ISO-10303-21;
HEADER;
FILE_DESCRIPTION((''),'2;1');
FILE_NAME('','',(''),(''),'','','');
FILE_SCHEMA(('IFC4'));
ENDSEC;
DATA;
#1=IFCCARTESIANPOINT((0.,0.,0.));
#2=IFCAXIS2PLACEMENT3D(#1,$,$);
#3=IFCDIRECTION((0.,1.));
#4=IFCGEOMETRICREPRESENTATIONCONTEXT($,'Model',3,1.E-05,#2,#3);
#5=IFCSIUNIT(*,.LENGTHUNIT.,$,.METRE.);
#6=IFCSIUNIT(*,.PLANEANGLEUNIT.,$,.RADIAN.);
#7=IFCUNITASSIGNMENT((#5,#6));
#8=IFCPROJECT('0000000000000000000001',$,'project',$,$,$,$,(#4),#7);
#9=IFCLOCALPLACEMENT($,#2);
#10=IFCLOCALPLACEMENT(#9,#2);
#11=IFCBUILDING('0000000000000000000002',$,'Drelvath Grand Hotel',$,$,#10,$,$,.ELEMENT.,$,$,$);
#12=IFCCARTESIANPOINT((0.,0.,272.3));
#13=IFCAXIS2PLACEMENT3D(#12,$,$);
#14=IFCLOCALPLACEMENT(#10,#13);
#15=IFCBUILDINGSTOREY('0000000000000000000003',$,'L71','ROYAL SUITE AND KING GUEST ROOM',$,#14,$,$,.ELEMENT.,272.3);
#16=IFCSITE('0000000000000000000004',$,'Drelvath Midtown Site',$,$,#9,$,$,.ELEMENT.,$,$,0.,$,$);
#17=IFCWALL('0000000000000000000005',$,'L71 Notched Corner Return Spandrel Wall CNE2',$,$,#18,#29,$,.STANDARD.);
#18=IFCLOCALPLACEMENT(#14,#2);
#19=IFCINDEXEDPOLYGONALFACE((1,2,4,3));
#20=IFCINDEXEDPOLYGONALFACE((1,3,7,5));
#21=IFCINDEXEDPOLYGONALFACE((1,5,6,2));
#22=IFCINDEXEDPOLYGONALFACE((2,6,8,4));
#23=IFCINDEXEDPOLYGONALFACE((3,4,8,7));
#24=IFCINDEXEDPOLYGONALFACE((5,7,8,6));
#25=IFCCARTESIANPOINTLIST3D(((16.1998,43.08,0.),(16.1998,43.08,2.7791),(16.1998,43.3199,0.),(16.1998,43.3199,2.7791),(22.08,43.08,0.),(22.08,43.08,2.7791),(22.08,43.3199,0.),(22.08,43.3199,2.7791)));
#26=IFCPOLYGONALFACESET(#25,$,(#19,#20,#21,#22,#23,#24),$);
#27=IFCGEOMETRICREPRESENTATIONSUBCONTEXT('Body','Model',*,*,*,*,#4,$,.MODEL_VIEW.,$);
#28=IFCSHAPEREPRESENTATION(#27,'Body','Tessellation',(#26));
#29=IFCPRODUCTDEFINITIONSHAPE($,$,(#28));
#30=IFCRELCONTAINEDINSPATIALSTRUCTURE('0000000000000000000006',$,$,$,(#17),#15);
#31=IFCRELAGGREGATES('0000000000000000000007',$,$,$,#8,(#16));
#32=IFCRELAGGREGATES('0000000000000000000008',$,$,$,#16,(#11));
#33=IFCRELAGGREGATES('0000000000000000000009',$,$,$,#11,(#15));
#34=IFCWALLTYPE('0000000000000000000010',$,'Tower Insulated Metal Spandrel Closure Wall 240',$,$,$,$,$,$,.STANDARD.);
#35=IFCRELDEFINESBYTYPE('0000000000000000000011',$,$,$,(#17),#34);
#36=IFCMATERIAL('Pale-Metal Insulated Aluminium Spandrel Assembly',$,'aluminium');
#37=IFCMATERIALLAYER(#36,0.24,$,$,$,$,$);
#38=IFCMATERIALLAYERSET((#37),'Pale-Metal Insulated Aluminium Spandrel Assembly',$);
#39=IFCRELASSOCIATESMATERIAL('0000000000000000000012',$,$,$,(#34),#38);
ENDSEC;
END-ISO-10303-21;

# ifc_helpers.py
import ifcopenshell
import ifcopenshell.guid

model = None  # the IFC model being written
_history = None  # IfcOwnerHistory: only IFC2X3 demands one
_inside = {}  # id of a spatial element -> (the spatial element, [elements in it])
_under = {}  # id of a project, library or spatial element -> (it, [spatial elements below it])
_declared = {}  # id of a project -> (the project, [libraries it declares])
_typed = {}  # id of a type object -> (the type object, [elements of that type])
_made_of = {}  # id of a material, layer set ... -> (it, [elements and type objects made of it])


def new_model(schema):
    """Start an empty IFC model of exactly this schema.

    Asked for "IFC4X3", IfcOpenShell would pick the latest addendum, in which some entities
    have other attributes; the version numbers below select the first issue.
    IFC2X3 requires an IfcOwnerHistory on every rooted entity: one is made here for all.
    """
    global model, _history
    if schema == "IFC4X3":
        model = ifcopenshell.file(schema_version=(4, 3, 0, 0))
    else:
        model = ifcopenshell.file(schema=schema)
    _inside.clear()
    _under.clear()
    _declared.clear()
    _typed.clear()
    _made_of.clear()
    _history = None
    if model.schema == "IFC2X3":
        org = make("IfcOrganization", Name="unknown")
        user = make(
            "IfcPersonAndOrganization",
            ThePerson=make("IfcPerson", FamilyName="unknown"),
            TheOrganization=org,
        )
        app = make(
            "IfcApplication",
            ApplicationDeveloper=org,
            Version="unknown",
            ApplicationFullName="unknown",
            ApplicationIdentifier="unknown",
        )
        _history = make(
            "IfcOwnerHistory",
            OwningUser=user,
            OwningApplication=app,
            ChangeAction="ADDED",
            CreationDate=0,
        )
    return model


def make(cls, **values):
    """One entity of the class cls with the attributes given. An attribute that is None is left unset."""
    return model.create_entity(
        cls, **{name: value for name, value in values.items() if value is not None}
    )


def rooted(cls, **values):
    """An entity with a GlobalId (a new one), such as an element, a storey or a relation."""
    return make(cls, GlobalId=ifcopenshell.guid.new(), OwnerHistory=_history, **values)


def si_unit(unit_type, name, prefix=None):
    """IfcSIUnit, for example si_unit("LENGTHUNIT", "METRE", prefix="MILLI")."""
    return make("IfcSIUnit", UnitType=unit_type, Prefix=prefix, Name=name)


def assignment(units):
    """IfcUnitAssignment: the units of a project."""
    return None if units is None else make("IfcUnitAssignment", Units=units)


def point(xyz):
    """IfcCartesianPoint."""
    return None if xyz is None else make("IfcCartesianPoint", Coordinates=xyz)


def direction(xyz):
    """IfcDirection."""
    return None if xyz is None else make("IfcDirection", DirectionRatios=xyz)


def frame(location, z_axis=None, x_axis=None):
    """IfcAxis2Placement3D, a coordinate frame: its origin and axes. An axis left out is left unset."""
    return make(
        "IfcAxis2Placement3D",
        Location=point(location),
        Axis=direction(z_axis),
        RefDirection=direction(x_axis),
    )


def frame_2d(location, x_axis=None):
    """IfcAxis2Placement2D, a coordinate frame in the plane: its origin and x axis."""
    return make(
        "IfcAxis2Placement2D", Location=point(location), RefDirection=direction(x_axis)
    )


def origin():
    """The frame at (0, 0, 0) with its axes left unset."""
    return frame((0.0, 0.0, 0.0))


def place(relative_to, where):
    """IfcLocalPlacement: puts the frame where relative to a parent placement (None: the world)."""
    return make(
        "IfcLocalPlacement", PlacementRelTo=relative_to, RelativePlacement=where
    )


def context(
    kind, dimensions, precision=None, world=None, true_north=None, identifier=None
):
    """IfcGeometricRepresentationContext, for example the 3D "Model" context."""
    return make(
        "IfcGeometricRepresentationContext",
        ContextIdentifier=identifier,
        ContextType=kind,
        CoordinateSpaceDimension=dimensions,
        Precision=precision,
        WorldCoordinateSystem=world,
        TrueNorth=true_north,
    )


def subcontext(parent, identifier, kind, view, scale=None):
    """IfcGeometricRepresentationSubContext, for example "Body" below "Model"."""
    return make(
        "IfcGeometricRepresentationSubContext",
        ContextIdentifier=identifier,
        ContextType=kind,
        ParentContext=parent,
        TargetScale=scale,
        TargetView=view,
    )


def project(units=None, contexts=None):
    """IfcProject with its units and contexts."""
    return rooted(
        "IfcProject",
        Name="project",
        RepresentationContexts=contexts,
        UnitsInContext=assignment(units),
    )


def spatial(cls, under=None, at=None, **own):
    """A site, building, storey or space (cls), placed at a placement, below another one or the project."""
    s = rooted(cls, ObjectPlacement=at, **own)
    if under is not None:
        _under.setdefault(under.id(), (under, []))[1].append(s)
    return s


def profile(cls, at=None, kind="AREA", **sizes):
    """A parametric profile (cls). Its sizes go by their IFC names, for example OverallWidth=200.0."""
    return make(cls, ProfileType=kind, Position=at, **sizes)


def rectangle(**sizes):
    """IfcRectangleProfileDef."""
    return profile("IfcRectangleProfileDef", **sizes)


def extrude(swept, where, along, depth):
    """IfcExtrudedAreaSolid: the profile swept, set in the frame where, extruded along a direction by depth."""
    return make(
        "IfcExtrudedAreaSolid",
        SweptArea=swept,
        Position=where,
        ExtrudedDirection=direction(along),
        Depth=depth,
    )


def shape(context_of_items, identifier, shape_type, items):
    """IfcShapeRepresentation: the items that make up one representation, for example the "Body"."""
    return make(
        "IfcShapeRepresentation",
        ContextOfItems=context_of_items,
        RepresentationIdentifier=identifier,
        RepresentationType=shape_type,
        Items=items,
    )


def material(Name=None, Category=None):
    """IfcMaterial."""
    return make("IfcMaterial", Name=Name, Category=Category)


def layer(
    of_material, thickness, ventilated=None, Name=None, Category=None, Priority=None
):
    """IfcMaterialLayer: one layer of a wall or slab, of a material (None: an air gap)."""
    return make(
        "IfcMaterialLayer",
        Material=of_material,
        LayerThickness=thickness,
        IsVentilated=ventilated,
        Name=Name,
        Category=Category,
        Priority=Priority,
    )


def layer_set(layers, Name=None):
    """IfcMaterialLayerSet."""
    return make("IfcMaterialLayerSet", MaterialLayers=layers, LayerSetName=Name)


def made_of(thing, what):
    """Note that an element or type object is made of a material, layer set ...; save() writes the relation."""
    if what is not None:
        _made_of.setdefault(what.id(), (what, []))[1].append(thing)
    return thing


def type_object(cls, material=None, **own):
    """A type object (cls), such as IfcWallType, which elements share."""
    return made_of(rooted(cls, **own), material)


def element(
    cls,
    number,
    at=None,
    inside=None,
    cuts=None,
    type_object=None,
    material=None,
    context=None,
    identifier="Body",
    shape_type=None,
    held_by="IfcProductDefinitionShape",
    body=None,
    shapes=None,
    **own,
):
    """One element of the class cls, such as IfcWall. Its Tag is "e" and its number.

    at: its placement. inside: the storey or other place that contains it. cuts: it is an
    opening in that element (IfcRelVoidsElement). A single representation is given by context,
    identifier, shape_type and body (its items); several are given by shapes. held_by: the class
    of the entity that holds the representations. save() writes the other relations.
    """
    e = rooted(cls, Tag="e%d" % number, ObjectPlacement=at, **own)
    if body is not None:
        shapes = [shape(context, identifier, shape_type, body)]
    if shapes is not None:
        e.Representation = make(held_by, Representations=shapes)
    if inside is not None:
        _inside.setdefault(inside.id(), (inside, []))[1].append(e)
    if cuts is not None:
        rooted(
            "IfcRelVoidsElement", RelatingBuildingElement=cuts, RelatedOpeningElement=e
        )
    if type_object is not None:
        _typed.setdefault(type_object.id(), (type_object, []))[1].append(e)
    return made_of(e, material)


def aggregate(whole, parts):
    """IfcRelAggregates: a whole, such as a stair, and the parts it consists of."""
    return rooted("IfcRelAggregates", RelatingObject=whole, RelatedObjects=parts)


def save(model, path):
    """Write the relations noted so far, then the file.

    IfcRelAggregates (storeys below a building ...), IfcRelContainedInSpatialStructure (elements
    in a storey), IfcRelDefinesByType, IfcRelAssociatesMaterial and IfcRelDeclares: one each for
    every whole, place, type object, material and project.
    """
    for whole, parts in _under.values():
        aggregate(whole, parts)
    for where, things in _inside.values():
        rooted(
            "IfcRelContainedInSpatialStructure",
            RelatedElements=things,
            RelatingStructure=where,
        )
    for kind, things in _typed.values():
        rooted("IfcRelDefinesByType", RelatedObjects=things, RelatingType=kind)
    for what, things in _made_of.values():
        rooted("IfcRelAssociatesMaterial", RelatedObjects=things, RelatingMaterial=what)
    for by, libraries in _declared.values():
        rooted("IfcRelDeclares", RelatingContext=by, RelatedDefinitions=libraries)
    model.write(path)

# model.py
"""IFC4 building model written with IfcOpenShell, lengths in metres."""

from ifc_helpers import new_model, si_unit, direction, frame, frame_2d, origin, place, context, subcontext, project, spatial, rectangle, extrude, material, layer, layer_set, type_object, element, save


model = new_model("IFC4")

# Units and contexts
model_context = context("Model", 3, precision=1e-05, world=origin(), true_north=direction((0.0, 1.0)))
body_context = subcontext(model_context, "Body", "Model", "MODEL_VIEW")
ifc_project = project(units=[si_unit("LENGTHUNIT", "METRE"), si_unit("PLANEANGLEUNIT", "RADIAN")], contexts=[model_context])

# Site, building, storey
site_placement = place(None, origin())
site = spatial("IfcSite", under=ifc_project, at=site_placement, Name="Drelvath Midtown Site", CompositionType="ELEMENT", RefElevation=0.0)
building_placement = place(site_placement, origin())
building = spatial("IfcBuilding", under=site, at=building_placement, Name="Drelvath Grand Hotel", CompositionType="ELEMENT")
storey_placement = place(building_placement, frame((0.0, 0.0, 272.3)))
storey = spatial("IfcBuildingStorey", under=building, at=storey_placement, Name="L71", Description="ROYAL SUITE AND KING GUEST ROOM", CompositionType="ELEMENT", Elevation=272.3)

# Shared definitions
ifc_material_1 = material(Name="Pale-Metal Insulated Aluminium Spandrel Assembly", Category="aluminium")
ifc_layer_1 = layer(ifc_material_1, 0.24)
ifc_layer_set_1 = layer_set([ifc_layer_1], Name="Pale-Metal Insulated Aluminium Spandrel Assembly")
wall_type_1 = type_object("IfcWallType", Name="Tower Insulated Metal Spandrel Closure Wall 240", PredefinedType="STANDARD", material=ifc_layer_set_1)

# Wall
for number, where, z_axis, x_axis, name in (
    (1, (16.2, 43.2, 0.0), (0.0, 0.0, 1.0), (1.0, 0.0, 0.0), "L71 Notched Corner Return Spandrel Wall CNE2"),
):
    element("IfcWall", number, at=place(storey_placement, frame(where, z_axis=z_axis, x_axis=x_axis)), inside=storey, type_object=wall_type_1, Name=name, PredefinedType="STANDARD", context=body_context, shape_type="SweptSolid", body=[
        extrude(rectangle(XDim=5.8801, YDim=0.24, at=frame_2d((2.9399, 0.0))), origin(), (0.0, 0.0, 1.0), 2.7791),
    ])

save(model, "model.ifc")
